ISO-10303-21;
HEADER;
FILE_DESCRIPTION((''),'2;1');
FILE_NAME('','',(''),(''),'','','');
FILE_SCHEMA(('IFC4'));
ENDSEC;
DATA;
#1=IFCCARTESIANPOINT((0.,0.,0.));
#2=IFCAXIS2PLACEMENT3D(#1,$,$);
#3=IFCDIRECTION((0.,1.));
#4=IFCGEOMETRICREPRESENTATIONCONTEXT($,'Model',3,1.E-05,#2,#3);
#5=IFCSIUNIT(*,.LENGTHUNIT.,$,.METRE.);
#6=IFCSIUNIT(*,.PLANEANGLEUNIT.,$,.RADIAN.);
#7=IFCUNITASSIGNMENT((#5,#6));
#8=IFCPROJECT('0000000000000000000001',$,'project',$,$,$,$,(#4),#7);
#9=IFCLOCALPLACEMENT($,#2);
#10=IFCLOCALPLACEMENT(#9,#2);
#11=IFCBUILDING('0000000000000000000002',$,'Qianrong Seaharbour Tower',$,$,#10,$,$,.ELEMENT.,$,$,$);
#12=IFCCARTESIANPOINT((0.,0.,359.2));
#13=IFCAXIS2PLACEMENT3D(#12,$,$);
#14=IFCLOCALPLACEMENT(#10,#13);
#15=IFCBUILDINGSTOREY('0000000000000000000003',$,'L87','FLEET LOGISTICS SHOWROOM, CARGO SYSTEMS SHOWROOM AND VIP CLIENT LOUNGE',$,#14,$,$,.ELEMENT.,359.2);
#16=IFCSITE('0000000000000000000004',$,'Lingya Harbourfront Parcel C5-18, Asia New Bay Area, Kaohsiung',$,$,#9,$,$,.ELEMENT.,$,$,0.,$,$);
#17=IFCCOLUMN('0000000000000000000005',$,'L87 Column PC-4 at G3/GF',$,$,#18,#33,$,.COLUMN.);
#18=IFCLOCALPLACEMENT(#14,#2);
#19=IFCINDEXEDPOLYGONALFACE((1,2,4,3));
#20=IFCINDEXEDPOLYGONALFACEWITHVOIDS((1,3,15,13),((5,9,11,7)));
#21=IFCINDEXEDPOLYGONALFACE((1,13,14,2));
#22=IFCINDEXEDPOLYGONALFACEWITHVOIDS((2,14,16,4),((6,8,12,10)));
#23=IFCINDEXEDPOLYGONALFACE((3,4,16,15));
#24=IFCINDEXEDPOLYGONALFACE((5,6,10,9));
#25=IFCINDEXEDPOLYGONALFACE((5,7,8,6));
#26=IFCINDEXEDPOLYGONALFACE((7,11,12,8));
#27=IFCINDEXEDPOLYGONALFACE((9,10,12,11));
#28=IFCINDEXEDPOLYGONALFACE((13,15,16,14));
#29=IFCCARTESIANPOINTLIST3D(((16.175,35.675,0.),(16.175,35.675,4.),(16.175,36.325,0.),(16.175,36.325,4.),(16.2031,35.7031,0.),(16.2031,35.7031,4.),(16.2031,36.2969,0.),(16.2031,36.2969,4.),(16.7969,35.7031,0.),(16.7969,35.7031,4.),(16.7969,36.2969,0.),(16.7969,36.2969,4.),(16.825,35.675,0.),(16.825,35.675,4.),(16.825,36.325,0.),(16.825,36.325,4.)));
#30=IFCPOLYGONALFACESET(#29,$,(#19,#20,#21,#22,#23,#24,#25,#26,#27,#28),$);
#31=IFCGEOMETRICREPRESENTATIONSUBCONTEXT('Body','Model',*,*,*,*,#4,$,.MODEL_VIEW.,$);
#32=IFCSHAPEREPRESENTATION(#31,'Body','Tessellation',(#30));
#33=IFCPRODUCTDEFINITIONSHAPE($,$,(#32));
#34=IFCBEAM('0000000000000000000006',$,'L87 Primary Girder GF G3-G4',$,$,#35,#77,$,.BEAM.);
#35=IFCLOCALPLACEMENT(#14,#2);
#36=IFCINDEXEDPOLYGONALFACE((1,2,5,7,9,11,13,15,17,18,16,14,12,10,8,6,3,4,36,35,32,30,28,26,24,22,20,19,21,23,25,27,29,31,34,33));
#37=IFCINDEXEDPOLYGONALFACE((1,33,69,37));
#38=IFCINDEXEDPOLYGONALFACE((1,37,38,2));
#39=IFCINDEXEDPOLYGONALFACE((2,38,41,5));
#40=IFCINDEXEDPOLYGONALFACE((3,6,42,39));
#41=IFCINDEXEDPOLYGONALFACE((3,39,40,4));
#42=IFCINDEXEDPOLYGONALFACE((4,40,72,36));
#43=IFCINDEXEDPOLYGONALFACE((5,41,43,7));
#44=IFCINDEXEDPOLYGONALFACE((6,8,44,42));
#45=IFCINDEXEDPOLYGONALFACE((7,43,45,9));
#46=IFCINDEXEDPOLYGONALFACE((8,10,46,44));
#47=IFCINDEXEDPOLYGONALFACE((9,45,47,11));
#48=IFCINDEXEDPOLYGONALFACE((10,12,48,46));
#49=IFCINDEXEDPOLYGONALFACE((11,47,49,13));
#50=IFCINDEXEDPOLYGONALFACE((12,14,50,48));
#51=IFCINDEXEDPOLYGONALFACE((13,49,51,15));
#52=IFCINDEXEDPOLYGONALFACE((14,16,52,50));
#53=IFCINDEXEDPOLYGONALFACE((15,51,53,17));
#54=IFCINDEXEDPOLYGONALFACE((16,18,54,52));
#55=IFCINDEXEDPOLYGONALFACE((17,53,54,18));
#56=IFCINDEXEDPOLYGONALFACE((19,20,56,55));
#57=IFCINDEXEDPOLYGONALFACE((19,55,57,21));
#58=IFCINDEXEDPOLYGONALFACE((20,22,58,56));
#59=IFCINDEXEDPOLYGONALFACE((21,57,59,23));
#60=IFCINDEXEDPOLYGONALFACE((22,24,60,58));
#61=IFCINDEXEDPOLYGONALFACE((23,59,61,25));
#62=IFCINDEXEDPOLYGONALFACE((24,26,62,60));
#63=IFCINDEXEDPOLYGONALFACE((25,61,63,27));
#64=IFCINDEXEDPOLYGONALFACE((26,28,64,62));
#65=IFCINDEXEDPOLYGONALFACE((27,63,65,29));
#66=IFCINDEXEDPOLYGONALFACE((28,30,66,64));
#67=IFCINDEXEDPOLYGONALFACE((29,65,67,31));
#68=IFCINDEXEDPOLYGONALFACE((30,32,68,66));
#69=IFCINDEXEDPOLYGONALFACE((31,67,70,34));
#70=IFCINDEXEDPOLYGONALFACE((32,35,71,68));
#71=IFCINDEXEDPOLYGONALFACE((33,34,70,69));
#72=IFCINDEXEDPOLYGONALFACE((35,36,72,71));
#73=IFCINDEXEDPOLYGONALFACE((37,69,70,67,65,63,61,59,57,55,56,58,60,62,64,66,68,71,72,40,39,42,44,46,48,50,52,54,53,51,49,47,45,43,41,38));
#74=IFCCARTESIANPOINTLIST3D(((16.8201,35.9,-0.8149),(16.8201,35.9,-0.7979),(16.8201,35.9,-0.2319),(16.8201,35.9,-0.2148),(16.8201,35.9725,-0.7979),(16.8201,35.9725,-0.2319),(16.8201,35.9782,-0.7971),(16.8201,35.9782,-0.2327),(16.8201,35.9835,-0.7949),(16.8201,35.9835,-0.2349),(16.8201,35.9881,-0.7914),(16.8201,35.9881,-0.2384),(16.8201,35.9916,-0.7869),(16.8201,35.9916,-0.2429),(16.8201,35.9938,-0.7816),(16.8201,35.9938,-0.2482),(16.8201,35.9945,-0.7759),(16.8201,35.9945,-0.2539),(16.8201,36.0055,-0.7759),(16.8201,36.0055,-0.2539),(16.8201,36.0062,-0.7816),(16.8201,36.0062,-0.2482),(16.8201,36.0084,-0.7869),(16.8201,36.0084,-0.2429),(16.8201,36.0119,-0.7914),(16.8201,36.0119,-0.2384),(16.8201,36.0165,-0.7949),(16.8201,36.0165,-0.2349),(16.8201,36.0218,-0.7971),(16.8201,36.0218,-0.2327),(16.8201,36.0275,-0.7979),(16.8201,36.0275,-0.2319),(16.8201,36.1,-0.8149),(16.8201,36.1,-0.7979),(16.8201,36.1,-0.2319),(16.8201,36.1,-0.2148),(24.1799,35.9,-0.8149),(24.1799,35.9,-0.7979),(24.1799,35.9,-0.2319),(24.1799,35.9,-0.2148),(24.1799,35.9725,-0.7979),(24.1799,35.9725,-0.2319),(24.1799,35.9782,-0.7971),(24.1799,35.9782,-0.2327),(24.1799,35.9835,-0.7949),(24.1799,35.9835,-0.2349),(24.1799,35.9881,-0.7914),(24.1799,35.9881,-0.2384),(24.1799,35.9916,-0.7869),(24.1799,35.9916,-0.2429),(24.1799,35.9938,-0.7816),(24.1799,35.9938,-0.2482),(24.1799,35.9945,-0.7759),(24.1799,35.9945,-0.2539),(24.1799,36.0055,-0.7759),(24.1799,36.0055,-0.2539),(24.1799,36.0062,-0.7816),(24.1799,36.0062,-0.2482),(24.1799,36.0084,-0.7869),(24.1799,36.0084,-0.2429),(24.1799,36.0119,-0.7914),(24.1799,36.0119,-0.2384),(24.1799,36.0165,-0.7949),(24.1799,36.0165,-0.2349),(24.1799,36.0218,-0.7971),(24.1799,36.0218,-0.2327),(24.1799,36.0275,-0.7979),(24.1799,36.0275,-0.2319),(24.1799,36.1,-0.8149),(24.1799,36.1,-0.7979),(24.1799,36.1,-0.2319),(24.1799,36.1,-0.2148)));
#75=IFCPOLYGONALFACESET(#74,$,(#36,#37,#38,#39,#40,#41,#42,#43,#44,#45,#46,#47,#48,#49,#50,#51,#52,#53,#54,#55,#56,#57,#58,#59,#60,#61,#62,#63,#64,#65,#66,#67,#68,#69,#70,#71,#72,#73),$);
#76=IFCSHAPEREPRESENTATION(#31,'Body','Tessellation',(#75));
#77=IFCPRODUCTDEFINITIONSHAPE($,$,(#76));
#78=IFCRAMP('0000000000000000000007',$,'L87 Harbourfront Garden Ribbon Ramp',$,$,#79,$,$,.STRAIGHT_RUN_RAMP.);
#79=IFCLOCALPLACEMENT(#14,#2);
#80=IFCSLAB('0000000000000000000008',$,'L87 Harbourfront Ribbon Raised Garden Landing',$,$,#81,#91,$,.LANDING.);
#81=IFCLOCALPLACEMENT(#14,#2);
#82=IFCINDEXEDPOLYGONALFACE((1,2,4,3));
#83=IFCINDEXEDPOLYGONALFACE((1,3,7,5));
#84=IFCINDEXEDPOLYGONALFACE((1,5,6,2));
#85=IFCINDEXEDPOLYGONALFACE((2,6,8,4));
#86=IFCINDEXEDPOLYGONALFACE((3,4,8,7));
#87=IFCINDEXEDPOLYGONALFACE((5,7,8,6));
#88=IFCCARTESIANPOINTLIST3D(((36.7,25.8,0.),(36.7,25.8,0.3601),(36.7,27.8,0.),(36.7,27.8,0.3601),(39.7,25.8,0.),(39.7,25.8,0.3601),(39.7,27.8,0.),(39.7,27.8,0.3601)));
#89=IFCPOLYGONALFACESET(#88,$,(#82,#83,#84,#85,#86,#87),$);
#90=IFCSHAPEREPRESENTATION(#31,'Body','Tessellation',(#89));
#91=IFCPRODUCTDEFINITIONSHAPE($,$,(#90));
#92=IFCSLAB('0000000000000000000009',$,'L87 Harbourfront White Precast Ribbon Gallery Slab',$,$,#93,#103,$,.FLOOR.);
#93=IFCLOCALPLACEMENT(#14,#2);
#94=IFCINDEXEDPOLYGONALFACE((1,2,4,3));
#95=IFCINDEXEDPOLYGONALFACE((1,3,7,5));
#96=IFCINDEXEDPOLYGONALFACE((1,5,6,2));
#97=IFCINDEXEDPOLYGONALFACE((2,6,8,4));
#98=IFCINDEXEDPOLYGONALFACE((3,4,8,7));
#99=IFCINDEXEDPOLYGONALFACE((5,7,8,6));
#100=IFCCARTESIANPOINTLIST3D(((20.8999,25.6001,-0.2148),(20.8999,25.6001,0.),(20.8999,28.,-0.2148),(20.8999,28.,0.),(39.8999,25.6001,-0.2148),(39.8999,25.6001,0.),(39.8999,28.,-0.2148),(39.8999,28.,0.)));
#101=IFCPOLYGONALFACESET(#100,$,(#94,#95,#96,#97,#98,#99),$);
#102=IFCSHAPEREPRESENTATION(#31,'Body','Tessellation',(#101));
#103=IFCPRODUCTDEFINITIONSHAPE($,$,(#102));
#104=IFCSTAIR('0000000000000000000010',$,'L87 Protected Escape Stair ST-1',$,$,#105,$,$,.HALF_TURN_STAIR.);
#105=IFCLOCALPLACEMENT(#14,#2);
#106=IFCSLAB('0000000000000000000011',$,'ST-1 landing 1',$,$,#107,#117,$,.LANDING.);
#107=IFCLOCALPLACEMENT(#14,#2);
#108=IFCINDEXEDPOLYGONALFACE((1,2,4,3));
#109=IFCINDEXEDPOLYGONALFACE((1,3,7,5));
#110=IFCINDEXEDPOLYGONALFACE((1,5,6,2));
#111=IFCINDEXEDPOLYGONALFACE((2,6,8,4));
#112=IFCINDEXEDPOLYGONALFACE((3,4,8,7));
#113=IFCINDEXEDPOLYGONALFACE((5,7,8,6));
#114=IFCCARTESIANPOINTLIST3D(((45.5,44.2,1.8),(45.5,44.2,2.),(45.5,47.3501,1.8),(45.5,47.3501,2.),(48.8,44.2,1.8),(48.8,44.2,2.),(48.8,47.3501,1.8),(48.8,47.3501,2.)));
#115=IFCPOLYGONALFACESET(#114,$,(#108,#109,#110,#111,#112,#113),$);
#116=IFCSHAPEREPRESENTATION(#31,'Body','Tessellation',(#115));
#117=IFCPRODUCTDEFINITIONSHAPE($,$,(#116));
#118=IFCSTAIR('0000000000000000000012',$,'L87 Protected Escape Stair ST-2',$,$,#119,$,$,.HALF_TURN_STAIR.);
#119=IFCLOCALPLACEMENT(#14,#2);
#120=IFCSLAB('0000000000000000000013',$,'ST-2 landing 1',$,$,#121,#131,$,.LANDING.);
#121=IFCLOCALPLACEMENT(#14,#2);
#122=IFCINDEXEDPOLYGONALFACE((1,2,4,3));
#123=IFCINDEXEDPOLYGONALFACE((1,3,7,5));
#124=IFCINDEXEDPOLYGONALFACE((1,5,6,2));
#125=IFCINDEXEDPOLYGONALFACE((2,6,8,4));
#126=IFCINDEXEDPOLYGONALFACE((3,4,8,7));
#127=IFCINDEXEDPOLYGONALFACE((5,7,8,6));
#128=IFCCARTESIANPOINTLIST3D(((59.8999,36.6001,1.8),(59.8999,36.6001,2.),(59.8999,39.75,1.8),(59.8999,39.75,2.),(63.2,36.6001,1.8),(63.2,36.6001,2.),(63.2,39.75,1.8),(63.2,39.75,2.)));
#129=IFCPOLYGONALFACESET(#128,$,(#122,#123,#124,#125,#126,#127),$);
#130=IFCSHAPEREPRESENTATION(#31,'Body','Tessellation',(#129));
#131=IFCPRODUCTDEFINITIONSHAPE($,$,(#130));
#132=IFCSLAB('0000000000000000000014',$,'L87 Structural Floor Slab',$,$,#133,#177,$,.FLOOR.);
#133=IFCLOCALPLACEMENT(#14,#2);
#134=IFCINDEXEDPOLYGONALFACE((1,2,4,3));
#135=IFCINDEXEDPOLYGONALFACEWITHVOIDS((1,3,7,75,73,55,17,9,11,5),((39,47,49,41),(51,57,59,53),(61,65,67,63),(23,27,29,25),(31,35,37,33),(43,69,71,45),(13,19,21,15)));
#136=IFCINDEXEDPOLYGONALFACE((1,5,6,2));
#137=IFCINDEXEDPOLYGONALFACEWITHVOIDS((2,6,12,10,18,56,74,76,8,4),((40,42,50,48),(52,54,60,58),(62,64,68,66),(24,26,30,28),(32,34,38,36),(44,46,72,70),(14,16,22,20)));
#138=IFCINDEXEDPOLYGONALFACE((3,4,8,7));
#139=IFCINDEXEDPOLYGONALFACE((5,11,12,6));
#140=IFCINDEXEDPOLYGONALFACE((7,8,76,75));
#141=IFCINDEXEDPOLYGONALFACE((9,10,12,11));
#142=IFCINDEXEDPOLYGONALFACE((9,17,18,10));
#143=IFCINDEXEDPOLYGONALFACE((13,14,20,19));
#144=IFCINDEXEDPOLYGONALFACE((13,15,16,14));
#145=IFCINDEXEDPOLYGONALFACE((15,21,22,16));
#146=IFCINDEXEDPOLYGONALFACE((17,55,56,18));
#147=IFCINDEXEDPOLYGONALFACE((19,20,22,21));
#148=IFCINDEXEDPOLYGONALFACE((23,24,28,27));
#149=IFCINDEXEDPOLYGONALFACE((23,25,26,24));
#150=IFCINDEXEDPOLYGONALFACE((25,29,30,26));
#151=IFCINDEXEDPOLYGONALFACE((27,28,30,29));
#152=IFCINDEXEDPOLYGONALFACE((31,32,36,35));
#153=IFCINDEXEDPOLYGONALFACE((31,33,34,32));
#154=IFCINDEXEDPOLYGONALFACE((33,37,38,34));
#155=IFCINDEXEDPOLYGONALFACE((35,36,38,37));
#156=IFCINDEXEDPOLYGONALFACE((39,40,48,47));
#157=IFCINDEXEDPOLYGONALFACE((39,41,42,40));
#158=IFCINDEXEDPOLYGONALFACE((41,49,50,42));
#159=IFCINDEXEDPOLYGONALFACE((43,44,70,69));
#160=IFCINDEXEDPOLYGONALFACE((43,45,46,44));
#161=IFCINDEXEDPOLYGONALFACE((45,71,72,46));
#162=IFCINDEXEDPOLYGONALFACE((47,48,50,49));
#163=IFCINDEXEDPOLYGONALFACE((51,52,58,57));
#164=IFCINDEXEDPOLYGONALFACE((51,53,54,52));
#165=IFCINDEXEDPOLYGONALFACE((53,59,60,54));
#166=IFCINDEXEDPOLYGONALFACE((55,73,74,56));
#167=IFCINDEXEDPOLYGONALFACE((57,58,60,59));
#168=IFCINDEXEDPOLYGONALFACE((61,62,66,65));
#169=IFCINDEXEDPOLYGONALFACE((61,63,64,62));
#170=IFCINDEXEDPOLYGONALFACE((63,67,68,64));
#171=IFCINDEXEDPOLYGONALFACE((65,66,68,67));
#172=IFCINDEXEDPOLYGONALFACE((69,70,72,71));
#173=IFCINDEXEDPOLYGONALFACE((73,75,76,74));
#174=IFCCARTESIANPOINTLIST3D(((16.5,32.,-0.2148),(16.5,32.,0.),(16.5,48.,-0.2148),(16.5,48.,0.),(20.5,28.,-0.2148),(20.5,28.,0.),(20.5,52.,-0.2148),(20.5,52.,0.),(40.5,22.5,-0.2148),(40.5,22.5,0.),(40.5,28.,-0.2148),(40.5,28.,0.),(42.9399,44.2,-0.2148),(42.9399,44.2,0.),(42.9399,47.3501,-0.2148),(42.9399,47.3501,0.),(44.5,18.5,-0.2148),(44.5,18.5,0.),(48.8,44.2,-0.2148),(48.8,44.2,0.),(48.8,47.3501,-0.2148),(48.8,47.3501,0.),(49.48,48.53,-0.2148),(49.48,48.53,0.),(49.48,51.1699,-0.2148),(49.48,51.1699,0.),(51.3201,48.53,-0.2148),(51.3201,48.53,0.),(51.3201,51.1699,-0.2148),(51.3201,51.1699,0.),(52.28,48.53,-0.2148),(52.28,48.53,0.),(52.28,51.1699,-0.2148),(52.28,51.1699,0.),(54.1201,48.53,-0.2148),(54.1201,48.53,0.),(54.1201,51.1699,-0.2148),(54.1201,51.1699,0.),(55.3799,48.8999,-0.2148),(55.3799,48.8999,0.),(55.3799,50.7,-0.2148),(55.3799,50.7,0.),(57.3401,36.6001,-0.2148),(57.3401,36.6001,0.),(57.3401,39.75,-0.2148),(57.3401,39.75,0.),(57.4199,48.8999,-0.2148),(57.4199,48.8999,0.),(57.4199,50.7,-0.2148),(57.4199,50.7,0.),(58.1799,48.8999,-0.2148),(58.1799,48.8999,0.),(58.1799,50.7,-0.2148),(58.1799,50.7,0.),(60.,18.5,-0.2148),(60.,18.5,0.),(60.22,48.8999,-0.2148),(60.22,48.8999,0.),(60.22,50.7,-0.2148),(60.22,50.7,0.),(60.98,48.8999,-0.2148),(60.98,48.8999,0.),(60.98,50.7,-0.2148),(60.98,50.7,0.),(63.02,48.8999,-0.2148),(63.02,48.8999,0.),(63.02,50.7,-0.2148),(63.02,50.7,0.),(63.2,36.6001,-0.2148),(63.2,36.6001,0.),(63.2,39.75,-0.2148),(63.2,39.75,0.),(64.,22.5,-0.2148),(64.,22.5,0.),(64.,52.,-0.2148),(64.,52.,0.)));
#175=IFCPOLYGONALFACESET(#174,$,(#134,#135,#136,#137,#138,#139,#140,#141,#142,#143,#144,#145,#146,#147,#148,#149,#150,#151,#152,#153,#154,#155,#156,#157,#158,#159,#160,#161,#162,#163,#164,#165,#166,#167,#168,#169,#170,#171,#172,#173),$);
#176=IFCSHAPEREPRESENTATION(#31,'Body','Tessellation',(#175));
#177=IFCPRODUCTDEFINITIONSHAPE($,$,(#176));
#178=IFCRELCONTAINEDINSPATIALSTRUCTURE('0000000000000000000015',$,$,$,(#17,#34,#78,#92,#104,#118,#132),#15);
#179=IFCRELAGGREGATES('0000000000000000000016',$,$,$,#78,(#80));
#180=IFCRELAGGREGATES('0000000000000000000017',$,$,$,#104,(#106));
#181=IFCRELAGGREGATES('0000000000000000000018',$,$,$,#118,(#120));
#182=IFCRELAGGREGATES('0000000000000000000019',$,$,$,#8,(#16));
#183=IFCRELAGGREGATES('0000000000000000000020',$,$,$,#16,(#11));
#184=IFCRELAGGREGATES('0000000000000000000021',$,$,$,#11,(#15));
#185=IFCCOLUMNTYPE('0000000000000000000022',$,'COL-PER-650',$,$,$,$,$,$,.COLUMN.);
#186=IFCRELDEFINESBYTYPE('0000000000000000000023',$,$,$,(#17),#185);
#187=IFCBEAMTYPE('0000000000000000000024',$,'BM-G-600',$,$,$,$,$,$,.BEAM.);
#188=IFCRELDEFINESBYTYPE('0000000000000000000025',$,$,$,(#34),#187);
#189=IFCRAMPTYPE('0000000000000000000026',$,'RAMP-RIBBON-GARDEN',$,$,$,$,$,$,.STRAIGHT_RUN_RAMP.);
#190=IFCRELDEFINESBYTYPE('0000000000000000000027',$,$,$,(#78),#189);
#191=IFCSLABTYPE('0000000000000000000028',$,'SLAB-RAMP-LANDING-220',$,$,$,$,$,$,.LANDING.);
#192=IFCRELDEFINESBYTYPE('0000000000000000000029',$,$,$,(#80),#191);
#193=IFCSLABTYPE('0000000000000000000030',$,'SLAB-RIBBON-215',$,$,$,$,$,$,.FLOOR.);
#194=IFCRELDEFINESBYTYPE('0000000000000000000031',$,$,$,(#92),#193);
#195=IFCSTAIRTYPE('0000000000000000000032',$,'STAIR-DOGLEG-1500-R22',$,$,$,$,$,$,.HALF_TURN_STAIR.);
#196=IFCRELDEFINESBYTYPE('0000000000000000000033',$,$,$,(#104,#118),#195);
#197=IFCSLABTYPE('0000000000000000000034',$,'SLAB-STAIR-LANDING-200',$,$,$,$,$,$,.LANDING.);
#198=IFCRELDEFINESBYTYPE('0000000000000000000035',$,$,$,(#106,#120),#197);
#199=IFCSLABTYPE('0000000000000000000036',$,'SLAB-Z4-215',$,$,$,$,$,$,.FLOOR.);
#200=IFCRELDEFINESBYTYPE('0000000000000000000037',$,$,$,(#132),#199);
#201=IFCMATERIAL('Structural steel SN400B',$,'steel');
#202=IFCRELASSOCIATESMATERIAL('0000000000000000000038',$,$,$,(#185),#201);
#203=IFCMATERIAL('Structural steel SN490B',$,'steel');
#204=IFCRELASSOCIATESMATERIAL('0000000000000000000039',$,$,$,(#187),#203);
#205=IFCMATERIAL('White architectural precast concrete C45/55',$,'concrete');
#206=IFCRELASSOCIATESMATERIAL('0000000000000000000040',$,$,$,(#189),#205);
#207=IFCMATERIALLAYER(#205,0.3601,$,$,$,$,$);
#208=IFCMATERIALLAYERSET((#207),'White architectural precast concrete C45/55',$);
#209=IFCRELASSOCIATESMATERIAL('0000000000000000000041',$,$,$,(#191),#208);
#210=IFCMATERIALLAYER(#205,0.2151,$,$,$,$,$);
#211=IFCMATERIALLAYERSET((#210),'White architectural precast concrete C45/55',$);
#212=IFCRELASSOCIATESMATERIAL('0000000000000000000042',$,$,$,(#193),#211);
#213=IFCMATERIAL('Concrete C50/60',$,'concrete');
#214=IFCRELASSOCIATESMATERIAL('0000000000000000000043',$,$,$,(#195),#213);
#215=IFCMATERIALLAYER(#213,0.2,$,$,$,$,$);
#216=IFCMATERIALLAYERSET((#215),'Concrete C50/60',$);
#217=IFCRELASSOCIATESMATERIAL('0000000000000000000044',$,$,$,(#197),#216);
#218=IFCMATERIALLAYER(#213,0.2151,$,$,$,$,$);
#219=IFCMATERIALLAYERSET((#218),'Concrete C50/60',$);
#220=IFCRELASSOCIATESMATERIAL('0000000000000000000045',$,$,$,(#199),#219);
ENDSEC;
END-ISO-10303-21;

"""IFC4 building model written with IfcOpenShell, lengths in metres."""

from ifc_helpers import new_model, si_unit, direction, frame, origin, origin_2d, place, context, subcontext, project, spatial, polyline, hollow_rectangle, i_section, outline, extrude, material, layer, layer_set, material_profile, profile_set, type_object, element, aggregate, save


model = new_model("IFC4")

# Units and contexts
model_context = context("Model", 3, precision=1e-05, world=origin(), true_north=direction((0.0, 1.0)))
body_context = subcontext(model_context, "Body", "Model", "MODEL_VIEW")
ifc_project = project(units=[si_unit("LENGTHUNIT", "METRE"), si_unit("PLANEANGLEUNIT", "RADIAN")], contexts=[model_context])

# Site, building, storey
site_placement = place(None, origin())
site = spatial("IfcSite", under=ifc_project, at=site_placement, Name="Lingya Harbourfront Parcel C5-18, Asia New Bay Area, Kaohsiung", CompositionType="ELEMENT", RefElevation=0.0)
building_placement = place(site_placement, origin())
building = spatial("IfcBuilding", under=site, at=building_placement, Name="Qianrong Seaharbour Tower", CompositionType="ELEMENT")
storey_placement = place(building_placement, frame((0.0, 0.0, 359.2)))
storey = spatial("IfcBuildingStorey", under=building, at=storey_placement, Name="L87", Description="FLEET LOGISTICS SHOWROOM, CARGO SYSTEMS SHOWROOM AND VIP CLIENT LOUNGE", CompositionType="ELEMENT", Elevation=359.2)

# Column
ifc_material_1 = material(Name="Structural steel SN400B", Category="steel")
ifc_material_profile_1 = material_profile(ifc_material_1, hollow_rectangle(XDim=0.6499, YDim=0.6499, WallThickness=0.0281, at=origin_2d()), Name="BOX650x650x28")
ifc_profile_set_1 = profile_set([ifc_material_profile_1], Name="Structural steel SN400B")
column_type = type_object("IfcColumnType", Name="COL-PER-650", PredefinedType="COLUMN", material=ifc_profile_set_1)
column_placement = place(storey_placement, frame((16.5, 36.0, 0.0), z_axis=(0.0, 0.0, 1.0), x_axis=(1.0, 0.0, 0.0)))
element("IfcColumn", 1, at=column_placement, inside=storey, type_object=column_type, Name="L87 Column PC-4 at G3/GF", PredefinedType="COLUMN", context=body_context, shape_type="SweptSolid", body=[
    extrude(hollow_rectangle(XDim=0.6499, YDim=0.6499, WallThickness=0.0281, at=origin_2d()), origin(), (0.0, 0.0, 1.0), 4.0),
])

# Beam
ifc_material_2 = material(Name="Structural steel SN490B", Category="steel")
ifc_material_profile_2 = material_profile(ifc_material_2, i_section(OverallWidth=0.2, OverallDepth=0.6001, WebThickness=0.011, FlangeThickness=0.0171, FilletRadius=0.022, at=origin_2d()), Name="H600x200x11x17")
ifc_profile_set_2 = profile_set([ifc_material_profile_2], Name="Structural steel SN490B")
beam_type = type_object("IfcBeamType", Name="BM-G-600", PredefinedType="BEAM", material=ifc_profile_set_2)
beam_placement = place(storey_placement, frame((16.8201, 36.0, -0.5149), z_axis=(1.0, 0.0, 0.0), x_axis=(0.0, 1.0, 0.0)))
element("IfcBeam", 2, at=beam_placement, inside=storey, type_object=beam_type, Name="L87 Primary Girder GF G3-G4", PredefinedType="BEAM", context=body_context, shape_type="SweptSolid", body=[
    extrude(i_section(OverallWidth=0.2, OverallDepth=0.6001, WebThickness=0.011, FlangeThickness=0.0171, FilletRadius=0.022, at=origin_2d()), origin(), (0.0, 0.0, 1.0), 7.3599),
])

# Ramp, slab
ifc_material_3 = material(Name="White architectural precast concrete C45/55", Category="concrete")
ramp_type = type_object("IfcRampType", Name="RAMP-RIBBON-GARDEN", PredefinedType="STRAIGHT_RUN_RAMP", material=ifc_material_3)
ramp_placement = place(storey_placement, origin())
ramp = element("IfcRamp", 3, at=ramp_placement, inside=storey, type_object=ramp_type, Name="L87 Harbourfront Garden Ribbon Ramp", PredefinedType="STRAIGHT_RUN_RAMP")
ifc_layer_1 = layer(ifc_material_3, 0.3601)
ifc_layer_set_1 = layer_set([ifc_layer_1], Name="White architectural precast concrete C45/55")
slab_type_1 = type_object("IfcSlabType", Name="SLAB-RAMP-LANDING-220", PredefinedType="LANDING", material=ifc_layer_set_1)
slab_1_placement = place(storey_placement, origin())
slab_1 = element("IfcSlab", 4, at=slab_1_placement, type_object=slab_type_1, Name="L87 Harbourfront Ribbon Raised Garden Landing", PredefinedType="LANDING", context=body_context, shape_type="SweptSolid", body=[
    extrude(outline(polyline([(36.7, 25.8), (39.7, 25.8), (39.7, 27.8), (36.7, 27.8), (36.7, 25.8)])), origin(), (0.0, 0.0, 1.0), 0.3601),
])
aggregate(ramp, [slab_1])

# Slab
ifc_layer_2 = layer(ifc_material_3, 0.2151)
ifc_layer_set_2 = layer_set([ifc_layer_2], Name="White architectural precast concrete C45/55")
slab_type_2 = type_object("IfcSlabType", Name="SLAB-RIBBON-215", PredefinedType="FLOOR", material=ifc_layer_set_2)
slab_2_placement = place(storey_placement, frame((0.0, 0.0, -0.2148)))
element("IfcSlab", 5, at=slab_2_placement, inside=storey, type_object=slab_type_2, Name="L87 Harbourfront White Precast Ribbon Gallery Slab", PredefinedType="FLOOR", context=body_context, shape_type="SweptSolid", body=[
    extrude(outline(polyline([(20.8999, 25.6001), (39.8999, 25.6001), (39.8999, 28.0), (20.8999, 28.0), (20.8999, 25.6001)])), origin(), (0.0, 0.0, 1.0), 0.2148),
])

# Stairs, slabs
ifc_material_4 = material(Name="Concrete C50/60", Category="concrete")
stair_type = type_object("IfcStairType", Name="STAIR-DOGLEG-1500-R22", PredefinedType="HALF_TURN_STAIR", material=ifc_material_4)
stair_1_placement = place(storey_placement, origin())
stair_1 = element("IfcStair", 6, at=stair_1_placement, inside=storey, type_object=stair_type, Name="L87 Protected Escape Stair ST-1", PredefinedType="HALF_TURN_STAIR")
ifc_layer_3 = layer(ifc_material_4, 0.2)
ifc_layer_set_3 = layer_set([ifc_layer_3], Name="Concrete C50/60")
slab_type_3 = type_object("IfcSlabType", Name="SLAB-STAIR-LANDING-200", PredefinedType="LANDING", material=ifc_layer_set_3)
slab_3_placement = place(storey_placement, frame((0.0, 0.0, 1.8)))
slab_3 = element("IfcSlab", 7, at=slab_3_placement, type_object=slab_type_3, Name="ST-1 landing 1", PredefinedType="LANDING", context=body_context, shape_type="SweptSolid", body=[
    extrude(outline(polyline([(45.5, 44.2), (48.8, 44.2), (48.8, 47.3501), (45.5, 47.3501), (45.5, 44.2)])), origin(), (0.0, 0.0, 1.0), 0.2),
])
aggregate(stair_1, [slab_3])
stair_2_placement = place(storey_placement, origin())
stair_2 = element("IfcStair", 8, at=stair_2_placement, inside=storey, type_object=stair_type, Name="L87 Protected Escape Stair ST-2", PredefinedType="HALF_TURN_STAIR")
slab_4_placement = place(storey_placement, frame((0.0, 0.0, 1.8)))
slab_4 = element("IfcSlab", 9, at=slab_4_placement, type_object=slab_type_3, Name="ST-2 landing 1", PredefinedType="LANDING", context=body_context, shape_type="SweptSolid", body=[
    extrude(outline(polyline([(59.8999, 36.6001), (63.2, 36.6001), (63.2, 39.75), (59.8999, 39.75), (59.8999, 36.6001)])), origin(), (0.0, 0.0, 1.0), 0.2),
])
aggregate(stair_2, [slab_4])

# Slab
ifc_layer_4 = layer(ifc_material_4, 0.2151)
ifc_layer_set_4 = layer_set([ifc_layer_4], Name="Concrete C50/60")
slab_type_4 = type_object("IfcSlabType", Name="SLAB-Z4-215", PredefinedType="FLOOR", material=ifc_layer_set_4)
slab_5_placement = place(storey_placement, frame((0.0, 0.0, -0.2148)))
element("IfcSlab", 10, at=slab_5_placement, inside=storey, type_object=slab_type_4, Name="L87 Structural Floor Slab", PredefinedType="FLOOR", context=body_context, shape_type="SweptSolid", body=[
    extrude(outline(polyline([(44.5, 18.5), (60.0, 18.5), (64.0, 22.5), (64.0, 52.0), (20.5, 52.0), (16.5, 48.0), (16.5, 32.0), (20.5, 28.0), (40.5, 28.0), (40.5, 22.5), (44.5, 18.5)]), holes=[polyline([(42.9399, 44.2), (42.9399, 47.3501), (48.8, 47.3501), (48.8, 44.2), (42.9399, 44.2)]), polyline([(57.3401, 36.6001), (57.3401, 39.75), (63.2, 39.75), (63.2, 36.6001), (57.3401, 36.6001)]), polyline([(49.48, 48.53), (49.48, 51.1699), (51.3201, 51.1699), (51.3201, 48.53), (49.48, 48.53)]), polyline([(52.28, 48.53), (52.28, 51.1699), (54.1201, 51.1699), (54.1201, 48.53), (52.28, 48.53)]), polyline([(55.3799, 48.8999), (55.3799, 50.7), (57.4199, 50.7), (57.4199, 48.8999), (55.3799, 48.8999)]), polyline([(58.1799, 48.8999), (58.1799, 50.7), (60.22, 50.7), (60.22, 48.8999), (58.1799, 48.8999)]), polyline([(60.98, 48.8999), (60.98, 50.7), (63.02, 50.7), (63.02, 48.8999), (60.98, 48.8999)])]), origin(), (0.0, 0.0, 1.0), 0.2148),
])

save(model, "model.ifc")
